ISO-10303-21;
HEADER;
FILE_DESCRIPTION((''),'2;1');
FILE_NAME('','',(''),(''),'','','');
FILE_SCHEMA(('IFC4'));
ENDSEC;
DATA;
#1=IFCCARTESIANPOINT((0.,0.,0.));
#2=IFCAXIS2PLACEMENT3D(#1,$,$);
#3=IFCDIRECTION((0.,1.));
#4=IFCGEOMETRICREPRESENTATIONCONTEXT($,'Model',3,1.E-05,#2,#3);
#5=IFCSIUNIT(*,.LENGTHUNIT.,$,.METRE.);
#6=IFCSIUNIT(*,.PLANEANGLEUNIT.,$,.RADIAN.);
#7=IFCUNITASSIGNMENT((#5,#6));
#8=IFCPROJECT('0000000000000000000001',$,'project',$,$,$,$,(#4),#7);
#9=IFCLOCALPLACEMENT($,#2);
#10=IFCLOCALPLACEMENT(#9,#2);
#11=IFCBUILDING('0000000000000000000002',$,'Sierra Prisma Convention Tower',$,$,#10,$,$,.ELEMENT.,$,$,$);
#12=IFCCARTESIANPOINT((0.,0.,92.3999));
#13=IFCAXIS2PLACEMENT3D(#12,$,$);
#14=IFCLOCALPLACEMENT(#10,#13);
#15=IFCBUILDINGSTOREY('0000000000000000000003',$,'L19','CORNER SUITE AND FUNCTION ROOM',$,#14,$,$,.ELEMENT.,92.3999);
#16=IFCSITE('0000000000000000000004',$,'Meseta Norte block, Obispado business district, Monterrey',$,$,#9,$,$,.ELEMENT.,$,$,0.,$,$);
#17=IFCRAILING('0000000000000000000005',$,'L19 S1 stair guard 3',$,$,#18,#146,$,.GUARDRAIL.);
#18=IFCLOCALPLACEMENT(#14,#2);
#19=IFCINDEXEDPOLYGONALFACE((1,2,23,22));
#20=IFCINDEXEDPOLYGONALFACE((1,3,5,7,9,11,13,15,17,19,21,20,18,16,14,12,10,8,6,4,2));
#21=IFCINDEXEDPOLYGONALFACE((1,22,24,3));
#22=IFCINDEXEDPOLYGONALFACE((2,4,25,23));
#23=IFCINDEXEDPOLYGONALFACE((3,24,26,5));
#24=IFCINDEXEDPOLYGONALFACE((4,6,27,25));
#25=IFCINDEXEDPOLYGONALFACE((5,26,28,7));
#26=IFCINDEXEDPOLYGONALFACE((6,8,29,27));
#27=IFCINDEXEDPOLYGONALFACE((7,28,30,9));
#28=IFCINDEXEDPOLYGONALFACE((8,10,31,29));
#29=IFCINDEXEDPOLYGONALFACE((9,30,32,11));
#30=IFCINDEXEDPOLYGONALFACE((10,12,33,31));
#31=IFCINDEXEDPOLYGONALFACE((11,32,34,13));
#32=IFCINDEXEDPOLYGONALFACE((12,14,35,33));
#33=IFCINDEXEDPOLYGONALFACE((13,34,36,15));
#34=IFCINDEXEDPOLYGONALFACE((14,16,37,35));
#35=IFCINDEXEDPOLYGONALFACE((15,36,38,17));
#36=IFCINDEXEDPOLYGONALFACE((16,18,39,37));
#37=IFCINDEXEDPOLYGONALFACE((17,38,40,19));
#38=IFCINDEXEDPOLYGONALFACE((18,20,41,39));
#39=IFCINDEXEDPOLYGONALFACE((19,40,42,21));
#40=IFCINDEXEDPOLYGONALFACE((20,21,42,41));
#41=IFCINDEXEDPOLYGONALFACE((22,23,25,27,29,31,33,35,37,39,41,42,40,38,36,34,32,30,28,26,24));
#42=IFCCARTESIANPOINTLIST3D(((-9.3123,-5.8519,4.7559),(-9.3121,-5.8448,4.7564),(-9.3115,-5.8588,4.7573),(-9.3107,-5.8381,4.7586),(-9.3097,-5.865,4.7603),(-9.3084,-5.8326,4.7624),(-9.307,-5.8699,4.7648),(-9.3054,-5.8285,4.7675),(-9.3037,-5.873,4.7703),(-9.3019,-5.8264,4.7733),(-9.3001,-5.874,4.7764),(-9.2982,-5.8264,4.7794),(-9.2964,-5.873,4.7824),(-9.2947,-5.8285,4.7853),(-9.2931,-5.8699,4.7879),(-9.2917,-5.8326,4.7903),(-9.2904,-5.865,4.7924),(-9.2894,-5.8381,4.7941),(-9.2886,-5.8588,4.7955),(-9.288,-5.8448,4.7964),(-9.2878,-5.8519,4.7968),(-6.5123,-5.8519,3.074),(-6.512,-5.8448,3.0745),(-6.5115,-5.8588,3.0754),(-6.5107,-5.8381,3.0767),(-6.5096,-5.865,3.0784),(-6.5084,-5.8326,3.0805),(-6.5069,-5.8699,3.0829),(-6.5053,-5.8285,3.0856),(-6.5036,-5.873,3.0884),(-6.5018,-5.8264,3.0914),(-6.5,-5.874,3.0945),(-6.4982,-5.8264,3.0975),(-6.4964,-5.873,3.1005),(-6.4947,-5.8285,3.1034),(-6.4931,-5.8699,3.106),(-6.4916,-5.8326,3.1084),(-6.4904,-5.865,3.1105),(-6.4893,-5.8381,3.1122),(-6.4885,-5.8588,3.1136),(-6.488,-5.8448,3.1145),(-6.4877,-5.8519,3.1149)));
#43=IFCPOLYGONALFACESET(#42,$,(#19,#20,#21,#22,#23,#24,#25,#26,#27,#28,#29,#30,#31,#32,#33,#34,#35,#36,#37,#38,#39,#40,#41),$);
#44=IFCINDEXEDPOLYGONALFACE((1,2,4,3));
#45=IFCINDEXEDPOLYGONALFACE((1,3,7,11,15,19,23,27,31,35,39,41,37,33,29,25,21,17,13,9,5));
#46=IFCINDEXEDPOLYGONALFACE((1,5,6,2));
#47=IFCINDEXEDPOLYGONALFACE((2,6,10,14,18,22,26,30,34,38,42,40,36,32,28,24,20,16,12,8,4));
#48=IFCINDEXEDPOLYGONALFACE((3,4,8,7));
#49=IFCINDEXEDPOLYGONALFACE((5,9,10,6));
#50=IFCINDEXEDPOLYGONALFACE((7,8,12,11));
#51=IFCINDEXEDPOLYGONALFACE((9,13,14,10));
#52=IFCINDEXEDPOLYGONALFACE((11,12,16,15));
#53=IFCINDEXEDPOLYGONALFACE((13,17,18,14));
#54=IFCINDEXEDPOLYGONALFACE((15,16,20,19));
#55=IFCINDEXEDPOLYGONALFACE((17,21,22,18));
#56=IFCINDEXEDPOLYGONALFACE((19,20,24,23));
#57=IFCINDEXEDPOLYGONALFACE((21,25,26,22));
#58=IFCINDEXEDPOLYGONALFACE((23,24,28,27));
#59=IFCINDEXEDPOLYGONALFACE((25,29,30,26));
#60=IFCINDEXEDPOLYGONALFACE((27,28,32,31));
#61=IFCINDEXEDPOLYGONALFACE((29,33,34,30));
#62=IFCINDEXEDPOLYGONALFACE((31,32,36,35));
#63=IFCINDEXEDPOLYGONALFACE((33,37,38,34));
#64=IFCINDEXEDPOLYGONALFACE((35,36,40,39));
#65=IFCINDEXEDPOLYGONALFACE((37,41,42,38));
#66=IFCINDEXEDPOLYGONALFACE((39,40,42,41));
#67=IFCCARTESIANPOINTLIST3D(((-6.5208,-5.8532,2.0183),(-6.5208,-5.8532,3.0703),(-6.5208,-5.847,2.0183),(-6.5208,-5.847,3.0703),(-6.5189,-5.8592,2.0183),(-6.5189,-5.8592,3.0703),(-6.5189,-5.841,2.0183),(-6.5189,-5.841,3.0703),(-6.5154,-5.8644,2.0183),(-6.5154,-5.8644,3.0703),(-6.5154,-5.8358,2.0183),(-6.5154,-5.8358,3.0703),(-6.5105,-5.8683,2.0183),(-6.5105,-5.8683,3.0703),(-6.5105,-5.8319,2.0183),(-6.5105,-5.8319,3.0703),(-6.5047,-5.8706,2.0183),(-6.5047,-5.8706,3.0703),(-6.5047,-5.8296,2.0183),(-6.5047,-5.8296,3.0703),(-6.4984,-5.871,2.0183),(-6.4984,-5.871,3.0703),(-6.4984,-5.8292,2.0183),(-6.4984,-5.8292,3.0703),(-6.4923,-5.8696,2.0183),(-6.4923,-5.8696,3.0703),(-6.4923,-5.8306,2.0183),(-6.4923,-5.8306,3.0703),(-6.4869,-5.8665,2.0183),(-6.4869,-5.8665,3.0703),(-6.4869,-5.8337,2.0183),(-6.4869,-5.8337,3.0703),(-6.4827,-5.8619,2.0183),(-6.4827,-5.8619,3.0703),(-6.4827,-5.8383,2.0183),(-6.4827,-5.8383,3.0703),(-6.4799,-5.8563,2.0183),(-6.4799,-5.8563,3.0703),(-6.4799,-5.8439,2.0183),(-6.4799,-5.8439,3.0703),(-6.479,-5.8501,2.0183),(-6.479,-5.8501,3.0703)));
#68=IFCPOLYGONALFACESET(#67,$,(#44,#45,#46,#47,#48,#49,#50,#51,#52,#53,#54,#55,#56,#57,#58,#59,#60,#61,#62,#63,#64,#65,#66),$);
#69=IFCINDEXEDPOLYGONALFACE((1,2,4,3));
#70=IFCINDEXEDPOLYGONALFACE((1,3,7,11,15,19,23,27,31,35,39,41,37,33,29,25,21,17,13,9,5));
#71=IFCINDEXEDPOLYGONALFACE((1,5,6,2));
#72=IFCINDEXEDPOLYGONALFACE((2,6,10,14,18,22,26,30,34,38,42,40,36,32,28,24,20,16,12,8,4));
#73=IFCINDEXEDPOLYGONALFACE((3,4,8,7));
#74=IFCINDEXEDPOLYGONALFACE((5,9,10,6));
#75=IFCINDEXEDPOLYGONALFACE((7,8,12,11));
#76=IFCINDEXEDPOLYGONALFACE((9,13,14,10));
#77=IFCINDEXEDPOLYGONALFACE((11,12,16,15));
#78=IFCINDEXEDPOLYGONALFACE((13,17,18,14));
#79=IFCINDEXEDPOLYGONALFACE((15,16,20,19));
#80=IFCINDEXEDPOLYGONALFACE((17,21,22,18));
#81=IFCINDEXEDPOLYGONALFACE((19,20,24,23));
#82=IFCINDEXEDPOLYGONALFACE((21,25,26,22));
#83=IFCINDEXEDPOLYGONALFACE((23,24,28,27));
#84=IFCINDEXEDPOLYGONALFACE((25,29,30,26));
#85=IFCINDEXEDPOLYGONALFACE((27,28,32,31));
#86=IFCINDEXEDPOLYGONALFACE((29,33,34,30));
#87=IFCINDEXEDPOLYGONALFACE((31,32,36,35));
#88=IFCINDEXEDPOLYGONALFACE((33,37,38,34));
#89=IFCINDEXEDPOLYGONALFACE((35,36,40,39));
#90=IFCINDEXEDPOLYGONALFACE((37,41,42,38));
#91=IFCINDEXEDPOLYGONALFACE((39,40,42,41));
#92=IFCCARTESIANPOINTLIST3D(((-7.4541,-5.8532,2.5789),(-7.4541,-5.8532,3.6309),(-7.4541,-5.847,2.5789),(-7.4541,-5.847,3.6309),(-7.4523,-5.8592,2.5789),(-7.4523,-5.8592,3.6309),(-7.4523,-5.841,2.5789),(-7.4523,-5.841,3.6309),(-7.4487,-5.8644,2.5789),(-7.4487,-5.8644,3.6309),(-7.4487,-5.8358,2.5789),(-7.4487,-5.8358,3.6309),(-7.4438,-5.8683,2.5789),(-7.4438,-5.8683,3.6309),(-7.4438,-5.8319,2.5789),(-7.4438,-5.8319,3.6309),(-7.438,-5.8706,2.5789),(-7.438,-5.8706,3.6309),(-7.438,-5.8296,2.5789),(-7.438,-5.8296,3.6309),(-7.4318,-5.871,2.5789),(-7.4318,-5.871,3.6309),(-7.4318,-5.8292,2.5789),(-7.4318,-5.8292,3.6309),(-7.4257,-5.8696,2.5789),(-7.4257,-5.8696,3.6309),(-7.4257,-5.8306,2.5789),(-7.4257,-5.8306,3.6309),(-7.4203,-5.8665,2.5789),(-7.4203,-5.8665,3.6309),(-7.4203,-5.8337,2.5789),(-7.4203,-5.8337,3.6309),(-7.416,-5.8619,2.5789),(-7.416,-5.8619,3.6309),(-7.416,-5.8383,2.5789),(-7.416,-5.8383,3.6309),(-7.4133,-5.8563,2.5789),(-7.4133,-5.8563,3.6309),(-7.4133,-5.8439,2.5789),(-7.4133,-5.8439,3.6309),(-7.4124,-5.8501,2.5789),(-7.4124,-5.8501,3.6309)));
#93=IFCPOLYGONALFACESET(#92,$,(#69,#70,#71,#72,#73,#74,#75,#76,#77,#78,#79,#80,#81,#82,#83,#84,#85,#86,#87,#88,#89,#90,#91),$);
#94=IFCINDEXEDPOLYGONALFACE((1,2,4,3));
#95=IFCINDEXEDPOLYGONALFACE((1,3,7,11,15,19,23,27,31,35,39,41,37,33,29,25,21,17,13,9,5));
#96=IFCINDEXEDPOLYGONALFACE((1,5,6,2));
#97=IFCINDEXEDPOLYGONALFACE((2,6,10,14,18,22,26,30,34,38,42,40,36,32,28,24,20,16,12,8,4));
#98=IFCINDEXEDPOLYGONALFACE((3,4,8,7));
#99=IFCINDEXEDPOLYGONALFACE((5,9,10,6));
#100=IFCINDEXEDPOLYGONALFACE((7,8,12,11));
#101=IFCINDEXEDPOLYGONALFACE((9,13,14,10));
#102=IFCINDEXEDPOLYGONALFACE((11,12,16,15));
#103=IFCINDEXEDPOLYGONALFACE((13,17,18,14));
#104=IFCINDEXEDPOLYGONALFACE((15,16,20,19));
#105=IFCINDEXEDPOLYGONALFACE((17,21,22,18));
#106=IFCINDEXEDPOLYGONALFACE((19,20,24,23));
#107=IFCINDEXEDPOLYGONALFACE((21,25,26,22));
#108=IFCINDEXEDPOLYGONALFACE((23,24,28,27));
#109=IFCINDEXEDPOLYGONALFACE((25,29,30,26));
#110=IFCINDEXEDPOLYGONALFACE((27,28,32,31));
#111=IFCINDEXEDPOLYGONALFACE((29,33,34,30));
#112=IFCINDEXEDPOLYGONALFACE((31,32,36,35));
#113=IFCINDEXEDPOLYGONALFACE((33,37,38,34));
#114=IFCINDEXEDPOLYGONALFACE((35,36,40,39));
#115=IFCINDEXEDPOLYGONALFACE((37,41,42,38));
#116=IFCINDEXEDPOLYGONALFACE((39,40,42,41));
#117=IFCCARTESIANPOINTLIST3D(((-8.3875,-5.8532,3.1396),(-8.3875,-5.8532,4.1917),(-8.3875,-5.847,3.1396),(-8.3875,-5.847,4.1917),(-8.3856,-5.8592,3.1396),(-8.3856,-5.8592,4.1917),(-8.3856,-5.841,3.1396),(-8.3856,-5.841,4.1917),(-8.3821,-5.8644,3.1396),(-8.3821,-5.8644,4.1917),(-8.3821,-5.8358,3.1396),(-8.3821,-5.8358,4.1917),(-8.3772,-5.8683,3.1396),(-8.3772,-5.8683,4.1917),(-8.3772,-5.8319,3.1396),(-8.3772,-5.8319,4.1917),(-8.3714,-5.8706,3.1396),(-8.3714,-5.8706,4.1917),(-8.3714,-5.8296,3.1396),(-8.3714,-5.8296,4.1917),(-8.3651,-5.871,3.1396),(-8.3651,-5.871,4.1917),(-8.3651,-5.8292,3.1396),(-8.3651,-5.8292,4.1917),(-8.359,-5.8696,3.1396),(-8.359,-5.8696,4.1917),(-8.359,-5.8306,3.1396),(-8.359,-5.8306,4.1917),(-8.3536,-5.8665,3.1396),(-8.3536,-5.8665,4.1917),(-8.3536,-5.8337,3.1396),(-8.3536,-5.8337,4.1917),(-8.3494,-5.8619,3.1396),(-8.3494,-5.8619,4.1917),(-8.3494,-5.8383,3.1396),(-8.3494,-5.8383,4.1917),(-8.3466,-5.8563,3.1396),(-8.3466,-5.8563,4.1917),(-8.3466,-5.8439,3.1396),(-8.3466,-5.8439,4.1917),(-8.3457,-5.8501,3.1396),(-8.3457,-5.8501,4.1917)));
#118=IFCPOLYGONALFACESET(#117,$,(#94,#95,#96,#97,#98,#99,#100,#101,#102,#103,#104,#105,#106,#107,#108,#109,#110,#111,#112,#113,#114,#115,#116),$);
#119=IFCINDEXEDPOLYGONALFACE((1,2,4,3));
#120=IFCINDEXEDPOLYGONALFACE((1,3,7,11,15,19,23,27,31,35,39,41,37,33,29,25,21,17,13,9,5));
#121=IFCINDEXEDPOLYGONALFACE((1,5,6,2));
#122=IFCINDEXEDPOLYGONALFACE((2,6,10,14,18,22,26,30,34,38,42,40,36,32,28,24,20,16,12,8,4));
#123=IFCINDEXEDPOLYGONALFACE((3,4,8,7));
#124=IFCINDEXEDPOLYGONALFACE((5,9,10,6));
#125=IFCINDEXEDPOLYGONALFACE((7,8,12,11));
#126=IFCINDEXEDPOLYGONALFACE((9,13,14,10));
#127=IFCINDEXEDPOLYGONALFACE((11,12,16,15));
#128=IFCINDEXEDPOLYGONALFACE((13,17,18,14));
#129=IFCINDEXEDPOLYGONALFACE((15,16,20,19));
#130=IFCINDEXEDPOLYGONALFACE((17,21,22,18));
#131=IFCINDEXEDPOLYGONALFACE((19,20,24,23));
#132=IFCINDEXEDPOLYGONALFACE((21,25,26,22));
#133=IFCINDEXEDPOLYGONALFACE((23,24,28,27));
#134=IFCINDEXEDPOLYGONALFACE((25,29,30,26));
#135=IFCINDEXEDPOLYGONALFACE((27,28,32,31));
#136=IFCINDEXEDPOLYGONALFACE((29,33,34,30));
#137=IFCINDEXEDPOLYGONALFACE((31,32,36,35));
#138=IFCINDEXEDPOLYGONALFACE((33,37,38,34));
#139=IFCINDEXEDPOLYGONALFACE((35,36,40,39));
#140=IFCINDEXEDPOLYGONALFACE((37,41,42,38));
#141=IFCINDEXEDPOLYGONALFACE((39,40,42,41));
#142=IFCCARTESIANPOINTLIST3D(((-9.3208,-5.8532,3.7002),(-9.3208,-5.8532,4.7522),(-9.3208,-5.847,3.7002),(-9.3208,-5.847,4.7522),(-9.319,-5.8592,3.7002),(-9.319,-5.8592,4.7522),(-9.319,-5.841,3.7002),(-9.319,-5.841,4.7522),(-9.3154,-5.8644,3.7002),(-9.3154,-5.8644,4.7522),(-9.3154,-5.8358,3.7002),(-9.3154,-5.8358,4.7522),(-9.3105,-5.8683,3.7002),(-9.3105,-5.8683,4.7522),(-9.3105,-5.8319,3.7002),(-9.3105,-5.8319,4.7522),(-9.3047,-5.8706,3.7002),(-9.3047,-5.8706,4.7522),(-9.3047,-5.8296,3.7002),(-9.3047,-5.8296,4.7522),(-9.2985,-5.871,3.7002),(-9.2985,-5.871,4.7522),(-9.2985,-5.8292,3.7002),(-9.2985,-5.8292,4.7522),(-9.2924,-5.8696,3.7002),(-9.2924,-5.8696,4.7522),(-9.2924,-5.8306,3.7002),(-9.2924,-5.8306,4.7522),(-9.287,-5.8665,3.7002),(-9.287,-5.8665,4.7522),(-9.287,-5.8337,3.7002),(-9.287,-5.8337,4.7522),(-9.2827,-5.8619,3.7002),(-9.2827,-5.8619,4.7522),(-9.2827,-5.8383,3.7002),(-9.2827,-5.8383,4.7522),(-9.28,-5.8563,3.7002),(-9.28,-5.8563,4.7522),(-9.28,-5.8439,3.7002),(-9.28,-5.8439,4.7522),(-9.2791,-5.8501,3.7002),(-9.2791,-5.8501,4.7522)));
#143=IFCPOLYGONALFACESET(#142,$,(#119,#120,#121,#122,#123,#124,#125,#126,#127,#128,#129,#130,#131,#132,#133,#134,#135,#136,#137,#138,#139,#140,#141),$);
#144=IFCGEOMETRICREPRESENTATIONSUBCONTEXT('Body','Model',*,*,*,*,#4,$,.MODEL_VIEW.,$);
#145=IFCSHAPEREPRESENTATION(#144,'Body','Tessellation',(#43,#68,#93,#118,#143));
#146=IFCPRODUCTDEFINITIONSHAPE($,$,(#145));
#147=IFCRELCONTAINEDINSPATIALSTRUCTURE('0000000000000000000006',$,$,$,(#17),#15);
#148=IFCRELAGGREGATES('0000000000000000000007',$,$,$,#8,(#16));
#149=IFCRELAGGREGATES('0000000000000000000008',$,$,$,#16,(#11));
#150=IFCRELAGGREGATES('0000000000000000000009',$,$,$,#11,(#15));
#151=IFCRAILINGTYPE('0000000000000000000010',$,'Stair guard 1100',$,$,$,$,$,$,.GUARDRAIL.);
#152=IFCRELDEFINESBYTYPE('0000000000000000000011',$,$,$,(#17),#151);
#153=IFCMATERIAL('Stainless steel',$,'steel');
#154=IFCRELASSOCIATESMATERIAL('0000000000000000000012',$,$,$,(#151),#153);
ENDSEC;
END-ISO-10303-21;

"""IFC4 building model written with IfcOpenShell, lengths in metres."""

from ifc_helpers import new_model, si_unit, direction, frame, origin, origin_2d, place, context, subcontext, project, spatial, circle, extrude, material, type_object, element, save


model = new_model("IFC4")

# Units and contexts
model_context = context("Model", 3, precision=1e-05, world=origin(), true_north=direction((0.0, 1.0)))
body_context = subcontext(model_context, "Body", "Model", "MODEL_VIEW")
ifc_project = project(units=[si_unit("LENGTHUNIT", "METRE"), si_unit("PLANEANGLEUNIT", "RADIAN")], contexts=[model_context])

# Site, building, storey
site_placement = place(None, origin())
site = spatial("IfcSite", under=ifc_project, at=site_placement, Name="Meseta Norte block, Obispado business district, Monterrey", CompositionType="ELEMENT", RefElevation=0.0)
building_placement = place(site_placement, origin())
building = spatial("IfcBuilding", under=site, at=building_placement, Name="Sierra Prisma Convention Tower", CompositionType="ELEMENT")
storey_placement = place(building_placement, frame((0.0, 0.0, 92.3999)))
storey = spatial("IfcBuildingStorey", under=building, at=storey_placement, Name="L19", Description="CORNER SUITE AND FUNCTION ROOM", CompositionType="ELEMENT", Elevation=92.3999)

# Railing
ifc_material_1 = material(Name="Stainless steel", Category="steel")
railing_type_1 = type_object("IfcRailingType", Name="Stair guard 1100", PredefinedType="GUARDRAIL", material=ifc_material_1)
railing_1_placement = place(storey_placement, frame((-6.5, -5.8501, 2.0183)))
element("IfcRailing", 1, at=railing_1_placement, inside=storey, type_object=railing_type_1, Name="L19 S1 stair guard 3", PredefinedType="GUARDRAIL", context=body_context, shape_type="SweptSolid", body=[
    extrude(circle(Radius=0.0239, at=origin_2d()), frame((0.0, 0.0, 1.0762), z_axis=(-0.857242, 0.0, 0.514913), x_axis=(0.0, -1.0, 0.0)), (0.0, 0.0, 1.0), 3.2664),
    extrude(circle(Radius=0.021, at=origin_2d()), origin(), (0.0, 0.0, 1.0), 1.052),
    extrude(circle(Radius=0.021, at=origin_2d()), frame((-0.9333, 0.0, 0.5605)), (0.0, 0.0, 1.0), 1.052),
    extrude(circle(Radius=0.021, at=origin_2d()), frame((-1.8667, 0.0, 1.1213)), (0.0, 0.0, 1.0), 1.052),
    extrude(circle(Radius=0.021, at=origin_2d()), frame((-2.8, 0.0, 1.6819)), (0.0, 0.0, 1.0), 1.052),
])

save(model, "model.ifc")
